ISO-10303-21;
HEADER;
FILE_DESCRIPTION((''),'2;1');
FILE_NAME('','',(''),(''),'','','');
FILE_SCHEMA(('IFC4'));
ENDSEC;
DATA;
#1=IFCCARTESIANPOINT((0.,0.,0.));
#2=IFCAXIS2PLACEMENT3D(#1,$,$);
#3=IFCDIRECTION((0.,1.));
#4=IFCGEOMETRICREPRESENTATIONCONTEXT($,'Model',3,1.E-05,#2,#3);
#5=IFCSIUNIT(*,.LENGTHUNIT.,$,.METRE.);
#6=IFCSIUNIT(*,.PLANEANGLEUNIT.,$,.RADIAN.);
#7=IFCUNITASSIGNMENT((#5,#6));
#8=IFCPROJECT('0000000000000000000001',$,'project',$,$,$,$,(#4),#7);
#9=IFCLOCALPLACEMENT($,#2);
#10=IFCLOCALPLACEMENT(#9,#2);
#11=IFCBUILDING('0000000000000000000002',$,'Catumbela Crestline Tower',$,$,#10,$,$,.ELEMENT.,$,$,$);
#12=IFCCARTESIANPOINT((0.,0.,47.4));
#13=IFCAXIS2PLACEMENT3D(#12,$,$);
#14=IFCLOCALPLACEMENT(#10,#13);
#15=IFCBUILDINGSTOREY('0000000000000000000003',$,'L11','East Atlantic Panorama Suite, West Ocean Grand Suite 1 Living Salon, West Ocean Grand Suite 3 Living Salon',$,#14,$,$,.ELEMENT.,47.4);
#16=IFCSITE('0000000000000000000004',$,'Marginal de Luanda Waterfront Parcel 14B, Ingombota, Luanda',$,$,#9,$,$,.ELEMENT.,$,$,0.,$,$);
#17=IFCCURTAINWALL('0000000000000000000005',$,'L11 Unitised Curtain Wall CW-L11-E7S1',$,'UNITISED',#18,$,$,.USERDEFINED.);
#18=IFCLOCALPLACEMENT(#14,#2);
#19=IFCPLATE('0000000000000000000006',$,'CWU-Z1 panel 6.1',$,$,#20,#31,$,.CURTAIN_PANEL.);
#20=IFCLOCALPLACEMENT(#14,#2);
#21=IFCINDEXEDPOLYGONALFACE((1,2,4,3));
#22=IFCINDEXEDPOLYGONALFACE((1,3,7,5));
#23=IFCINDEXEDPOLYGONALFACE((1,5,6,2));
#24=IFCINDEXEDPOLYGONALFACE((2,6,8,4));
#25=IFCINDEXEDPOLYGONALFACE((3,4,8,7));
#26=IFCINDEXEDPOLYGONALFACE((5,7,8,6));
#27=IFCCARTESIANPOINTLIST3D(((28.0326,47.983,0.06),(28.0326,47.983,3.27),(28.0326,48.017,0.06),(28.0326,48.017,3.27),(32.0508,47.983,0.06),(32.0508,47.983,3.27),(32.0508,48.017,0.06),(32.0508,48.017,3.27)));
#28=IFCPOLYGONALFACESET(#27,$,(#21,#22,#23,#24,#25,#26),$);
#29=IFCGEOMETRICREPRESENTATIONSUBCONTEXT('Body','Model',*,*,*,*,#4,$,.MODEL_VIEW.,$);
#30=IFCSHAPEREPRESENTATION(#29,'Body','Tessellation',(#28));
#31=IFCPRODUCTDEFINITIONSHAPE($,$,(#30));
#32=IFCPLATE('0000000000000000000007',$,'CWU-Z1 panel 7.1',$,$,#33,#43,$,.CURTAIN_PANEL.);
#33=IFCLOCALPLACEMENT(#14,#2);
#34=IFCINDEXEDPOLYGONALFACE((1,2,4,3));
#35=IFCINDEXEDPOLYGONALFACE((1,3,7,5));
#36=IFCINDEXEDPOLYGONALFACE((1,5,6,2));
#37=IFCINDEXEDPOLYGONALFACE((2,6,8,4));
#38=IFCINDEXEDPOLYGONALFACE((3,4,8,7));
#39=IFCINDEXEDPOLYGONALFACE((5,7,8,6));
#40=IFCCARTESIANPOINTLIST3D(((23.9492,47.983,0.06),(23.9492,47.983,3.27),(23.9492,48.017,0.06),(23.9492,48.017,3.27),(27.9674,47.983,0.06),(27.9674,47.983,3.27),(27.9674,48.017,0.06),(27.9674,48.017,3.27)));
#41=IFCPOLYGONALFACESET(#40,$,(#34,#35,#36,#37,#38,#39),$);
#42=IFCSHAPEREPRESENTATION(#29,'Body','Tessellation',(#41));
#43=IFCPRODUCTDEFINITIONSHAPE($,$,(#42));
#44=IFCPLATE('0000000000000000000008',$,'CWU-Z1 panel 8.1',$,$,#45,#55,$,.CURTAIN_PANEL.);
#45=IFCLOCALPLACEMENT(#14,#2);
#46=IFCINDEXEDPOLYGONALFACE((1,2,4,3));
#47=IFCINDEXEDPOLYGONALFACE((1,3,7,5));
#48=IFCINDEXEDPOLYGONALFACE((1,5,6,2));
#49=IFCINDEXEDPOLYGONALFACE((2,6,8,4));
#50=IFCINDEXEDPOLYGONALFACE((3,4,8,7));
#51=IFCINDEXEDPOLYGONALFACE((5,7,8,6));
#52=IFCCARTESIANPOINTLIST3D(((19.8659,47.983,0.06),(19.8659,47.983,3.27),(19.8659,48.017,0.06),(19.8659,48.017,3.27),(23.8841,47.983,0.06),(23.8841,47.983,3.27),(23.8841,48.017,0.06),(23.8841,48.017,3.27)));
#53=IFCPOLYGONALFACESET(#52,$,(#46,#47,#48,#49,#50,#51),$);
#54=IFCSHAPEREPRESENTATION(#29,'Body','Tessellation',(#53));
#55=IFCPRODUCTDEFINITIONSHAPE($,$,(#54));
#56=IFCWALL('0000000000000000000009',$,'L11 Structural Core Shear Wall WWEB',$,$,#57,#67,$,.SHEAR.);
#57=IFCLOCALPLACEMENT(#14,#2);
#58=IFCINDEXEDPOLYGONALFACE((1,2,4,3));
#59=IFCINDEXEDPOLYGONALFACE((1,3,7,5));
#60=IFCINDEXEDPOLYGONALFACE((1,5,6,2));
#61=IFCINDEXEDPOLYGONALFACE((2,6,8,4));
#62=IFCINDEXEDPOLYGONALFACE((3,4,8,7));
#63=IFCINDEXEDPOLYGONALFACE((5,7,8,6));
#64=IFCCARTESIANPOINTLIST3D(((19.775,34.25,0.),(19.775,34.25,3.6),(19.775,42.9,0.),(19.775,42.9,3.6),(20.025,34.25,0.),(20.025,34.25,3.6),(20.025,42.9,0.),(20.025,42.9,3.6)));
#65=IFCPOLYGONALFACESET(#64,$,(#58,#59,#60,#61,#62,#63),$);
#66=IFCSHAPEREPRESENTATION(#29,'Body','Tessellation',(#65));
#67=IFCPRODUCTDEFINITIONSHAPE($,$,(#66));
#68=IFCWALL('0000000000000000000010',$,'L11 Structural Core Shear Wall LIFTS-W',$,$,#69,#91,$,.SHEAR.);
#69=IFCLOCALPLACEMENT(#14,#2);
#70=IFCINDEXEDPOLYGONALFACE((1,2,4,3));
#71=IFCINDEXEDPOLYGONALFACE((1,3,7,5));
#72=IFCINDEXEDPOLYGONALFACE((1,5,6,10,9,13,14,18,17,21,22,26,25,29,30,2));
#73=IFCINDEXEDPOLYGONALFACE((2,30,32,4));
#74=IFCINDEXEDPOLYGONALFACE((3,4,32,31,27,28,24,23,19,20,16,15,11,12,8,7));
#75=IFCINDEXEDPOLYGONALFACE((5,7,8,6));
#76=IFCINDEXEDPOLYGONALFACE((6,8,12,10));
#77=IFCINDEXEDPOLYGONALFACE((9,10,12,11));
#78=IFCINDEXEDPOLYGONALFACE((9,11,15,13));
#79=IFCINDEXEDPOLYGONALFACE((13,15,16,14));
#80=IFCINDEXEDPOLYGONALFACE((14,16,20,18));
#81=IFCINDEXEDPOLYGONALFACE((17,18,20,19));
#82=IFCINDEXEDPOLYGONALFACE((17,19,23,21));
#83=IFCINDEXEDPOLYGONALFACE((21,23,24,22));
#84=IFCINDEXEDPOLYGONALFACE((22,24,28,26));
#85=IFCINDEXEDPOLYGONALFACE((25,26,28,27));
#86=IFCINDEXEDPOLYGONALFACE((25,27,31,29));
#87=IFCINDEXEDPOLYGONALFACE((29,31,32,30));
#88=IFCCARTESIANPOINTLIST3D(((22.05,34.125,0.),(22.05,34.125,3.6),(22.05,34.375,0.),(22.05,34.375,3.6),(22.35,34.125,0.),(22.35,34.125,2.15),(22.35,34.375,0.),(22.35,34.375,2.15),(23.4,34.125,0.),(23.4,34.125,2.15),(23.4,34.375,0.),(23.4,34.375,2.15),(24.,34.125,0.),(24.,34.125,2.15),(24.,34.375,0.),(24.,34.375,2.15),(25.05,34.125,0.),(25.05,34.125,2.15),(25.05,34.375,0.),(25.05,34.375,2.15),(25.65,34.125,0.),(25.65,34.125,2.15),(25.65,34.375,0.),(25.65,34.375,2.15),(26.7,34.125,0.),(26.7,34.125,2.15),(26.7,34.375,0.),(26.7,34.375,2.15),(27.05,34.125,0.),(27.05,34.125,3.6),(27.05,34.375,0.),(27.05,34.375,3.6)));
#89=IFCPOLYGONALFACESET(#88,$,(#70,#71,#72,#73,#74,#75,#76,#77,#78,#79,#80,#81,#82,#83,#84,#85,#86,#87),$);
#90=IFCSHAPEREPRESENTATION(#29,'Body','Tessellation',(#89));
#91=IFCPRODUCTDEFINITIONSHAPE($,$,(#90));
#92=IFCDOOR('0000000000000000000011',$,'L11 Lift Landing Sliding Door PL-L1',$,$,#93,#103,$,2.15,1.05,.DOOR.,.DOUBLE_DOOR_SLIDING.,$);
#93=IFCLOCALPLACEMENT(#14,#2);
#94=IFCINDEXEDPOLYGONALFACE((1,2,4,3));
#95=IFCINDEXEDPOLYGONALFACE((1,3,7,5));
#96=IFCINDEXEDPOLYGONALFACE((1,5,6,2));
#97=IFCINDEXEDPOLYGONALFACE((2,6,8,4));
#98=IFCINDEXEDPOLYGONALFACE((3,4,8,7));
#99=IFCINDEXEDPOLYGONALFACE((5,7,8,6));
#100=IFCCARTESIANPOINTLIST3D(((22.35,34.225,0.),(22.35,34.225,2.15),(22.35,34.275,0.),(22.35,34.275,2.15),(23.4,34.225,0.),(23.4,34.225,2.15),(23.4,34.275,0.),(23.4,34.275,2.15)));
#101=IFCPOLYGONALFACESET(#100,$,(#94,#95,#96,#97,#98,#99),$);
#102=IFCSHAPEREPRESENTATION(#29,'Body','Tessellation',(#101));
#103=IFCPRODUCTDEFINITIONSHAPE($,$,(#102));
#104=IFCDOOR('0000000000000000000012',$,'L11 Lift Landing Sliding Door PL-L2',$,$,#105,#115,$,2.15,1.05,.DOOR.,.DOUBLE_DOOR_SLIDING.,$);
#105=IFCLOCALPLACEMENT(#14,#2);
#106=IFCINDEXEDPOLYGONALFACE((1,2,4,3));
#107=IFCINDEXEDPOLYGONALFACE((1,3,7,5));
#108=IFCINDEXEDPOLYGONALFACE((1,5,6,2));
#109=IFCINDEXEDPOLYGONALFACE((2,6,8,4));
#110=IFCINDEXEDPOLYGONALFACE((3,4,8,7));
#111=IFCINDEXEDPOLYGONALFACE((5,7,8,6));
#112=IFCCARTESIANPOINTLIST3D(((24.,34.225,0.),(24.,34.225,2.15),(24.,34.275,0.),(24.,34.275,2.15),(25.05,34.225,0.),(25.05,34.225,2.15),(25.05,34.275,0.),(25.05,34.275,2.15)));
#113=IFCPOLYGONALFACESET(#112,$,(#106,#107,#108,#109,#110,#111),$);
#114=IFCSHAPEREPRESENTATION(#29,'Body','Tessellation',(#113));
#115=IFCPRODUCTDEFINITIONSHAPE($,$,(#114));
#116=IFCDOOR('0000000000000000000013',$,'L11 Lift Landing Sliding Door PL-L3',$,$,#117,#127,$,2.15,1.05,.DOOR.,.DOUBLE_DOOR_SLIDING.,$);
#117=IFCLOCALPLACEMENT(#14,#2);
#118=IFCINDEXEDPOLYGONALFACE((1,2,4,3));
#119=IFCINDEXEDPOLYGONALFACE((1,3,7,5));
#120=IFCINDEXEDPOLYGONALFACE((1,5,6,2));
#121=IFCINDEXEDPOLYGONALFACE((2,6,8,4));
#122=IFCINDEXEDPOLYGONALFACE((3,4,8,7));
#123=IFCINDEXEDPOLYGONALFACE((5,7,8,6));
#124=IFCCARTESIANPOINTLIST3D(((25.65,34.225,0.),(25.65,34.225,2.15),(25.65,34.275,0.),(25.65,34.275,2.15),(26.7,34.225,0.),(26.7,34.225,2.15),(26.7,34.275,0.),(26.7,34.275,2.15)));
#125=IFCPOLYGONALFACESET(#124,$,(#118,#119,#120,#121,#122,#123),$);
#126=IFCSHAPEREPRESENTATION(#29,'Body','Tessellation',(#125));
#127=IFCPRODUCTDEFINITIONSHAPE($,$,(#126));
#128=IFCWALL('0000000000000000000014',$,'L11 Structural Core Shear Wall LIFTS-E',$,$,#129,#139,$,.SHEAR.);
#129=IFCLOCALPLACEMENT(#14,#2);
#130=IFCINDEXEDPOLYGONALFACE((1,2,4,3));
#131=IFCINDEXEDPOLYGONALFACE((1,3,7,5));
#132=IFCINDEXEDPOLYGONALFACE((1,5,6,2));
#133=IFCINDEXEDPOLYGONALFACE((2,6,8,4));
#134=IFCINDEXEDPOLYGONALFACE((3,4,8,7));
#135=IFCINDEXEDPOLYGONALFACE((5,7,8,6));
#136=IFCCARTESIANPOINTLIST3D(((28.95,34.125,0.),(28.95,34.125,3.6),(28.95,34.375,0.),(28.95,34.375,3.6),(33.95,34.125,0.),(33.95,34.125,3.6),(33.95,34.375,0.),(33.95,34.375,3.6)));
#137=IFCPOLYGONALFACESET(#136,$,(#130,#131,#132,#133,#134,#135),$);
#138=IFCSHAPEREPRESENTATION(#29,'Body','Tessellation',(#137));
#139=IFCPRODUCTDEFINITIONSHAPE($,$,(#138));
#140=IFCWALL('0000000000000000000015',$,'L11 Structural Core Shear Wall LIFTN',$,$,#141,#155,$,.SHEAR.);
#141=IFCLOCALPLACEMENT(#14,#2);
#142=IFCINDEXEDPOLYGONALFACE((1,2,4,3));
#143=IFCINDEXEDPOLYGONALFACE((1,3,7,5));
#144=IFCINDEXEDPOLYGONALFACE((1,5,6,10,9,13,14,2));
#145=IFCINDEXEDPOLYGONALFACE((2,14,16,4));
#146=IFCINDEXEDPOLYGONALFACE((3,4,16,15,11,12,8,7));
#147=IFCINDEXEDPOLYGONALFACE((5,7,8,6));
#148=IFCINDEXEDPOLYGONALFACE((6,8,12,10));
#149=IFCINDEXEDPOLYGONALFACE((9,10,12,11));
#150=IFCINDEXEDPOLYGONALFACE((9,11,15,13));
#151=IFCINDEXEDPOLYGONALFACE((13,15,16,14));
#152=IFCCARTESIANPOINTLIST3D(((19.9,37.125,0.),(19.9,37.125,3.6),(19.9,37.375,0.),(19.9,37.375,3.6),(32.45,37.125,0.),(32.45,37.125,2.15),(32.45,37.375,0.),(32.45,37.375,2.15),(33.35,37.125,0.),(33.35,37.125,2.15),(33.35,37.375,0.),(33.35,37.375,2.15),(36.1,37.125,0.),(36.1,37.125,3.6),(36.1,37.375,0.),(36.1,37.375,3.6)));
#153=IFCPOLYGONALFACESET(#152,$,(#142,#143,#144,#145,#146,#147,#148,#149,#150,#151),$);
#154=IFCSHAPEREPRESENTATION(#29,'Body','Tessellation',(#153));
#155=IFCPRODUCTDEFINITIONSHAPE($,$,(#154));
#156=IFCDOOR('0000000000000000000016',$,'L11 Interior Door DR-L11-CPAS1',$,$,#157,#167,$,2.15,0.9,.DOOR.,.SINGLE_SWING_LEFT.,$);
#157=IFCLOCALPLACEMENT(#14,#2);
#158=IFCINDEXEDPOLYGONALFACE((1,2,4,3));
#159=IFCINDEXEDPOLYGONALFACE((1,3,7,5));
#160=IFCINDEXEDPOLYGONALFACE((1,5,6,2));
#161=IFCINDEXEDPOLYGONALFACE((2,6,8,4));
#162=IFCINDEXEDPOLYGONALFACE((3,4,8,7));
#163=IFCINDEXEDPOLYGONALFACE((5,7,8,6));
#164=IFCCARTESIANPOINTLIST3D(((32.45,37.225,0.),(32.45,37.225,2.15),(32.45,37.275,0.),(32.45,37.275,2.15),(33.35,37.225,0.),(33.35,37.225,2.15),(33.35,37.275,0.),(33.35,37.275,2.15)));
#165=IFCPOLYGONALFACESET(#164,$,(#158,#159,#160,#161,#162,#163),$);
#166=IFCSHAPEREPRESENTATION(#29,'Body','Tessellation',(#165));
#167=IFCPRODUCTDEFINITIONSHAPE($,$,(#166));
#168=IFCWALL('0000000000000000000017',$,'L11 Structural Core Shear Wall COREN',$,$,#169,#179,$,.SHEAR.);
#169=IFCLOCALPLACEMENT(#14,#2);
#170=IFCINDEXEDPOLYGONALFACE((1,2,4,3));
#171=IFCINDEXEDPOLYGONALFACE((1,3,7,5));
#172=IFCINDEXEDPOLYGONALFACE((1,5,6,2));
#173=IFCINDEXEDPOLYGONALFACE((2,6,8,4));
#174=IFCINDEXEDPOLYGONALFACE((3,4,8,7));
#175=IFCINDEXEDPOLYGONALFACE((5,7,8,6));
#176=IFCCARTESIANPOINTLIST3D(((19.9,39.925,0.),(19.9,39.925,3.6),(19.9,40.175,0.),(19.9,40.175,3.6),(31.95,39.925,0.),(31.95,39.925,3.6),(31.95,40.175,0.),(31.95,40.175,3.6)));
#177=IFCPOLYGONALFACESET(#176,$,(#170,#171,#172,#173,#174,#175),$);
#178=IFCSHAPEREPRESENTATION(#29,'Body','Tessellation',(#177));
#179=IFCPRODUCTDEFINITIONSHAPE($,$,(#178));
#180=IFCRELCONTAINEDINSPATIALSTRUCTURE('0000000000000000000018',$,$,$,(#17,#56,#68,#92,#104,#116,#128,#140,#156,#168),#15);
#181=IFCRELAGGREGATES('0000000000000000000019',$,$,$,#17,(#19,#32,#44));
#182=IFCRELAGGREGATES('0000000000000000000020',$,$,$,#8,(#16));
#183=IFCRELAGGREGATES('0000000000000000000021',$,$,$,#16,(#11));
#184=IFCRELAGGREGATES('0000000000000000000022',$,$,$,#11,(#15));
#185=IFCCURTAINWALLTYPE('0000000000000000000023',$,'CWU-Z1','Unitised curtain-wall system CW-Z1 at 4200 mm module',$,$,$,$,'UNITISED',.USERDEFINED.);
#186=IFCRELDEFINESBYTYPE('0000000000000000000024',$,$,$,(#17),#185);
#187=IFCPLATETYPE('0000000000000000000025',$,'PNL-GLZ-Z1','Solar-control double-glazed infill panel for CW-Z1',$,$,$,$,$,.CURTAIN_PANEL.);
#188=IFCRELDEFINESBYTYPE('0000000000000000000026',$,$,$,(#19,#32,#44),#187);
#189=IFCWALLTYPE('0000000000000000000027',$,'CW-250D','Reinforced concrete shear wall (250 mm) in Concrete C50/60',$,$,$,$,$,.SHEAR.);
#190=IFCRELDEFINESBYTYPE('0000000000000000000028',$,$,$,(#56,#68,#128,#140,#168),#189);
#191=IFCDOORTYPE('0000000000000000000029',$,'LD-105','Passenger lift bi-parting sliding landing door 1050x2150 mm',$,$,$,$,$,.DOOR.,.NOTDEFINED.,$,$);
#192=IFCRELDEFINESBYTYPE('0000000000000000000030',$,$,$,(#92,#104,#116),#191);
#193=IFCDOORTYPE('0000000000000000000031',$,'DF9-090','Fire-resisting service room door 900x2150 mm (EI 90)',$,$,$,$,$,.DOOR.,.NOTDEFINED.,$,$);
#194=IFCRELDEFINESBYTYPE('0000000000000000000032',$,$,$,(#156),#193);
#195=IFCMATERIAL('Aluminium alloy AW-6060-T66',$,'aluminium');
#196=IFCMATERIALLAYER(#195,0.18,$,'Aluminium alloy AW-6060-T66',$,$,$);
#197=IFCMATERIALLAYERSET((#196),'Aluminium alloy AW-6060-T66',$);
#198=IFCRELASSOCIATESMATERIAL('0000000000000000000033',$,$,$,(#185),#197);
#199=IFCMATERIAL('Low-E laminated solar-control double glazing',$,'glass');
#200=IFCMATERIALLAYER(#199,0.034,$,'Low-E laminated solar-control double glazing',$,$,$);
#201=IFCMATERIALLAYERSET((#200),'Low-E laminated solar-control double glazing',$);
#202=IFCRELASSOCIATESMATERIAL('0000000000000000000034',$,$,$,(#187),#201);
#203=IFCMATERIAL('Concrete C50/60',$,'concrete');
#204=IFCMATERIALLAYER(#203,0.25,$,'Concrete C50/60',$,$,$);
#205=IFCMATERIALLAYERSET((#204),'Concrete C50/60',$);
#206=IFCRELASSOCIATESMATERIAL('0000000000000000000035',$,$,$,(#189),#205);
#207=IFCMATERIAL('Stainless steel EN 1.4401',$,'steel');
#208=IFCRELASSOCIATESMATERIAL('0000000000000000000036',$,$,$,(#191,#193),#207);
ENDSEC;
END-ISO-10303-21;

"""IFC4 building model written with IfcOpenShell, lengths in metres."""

from ifc_helpers import new_model, si_unit, direction, frame, frame_2d, origin, origin_2d, place, context, subcontext, project, spatial, rectangle, extrude, material, layer, layer_set, type_object, element, fill, aggregate, save


model = new_model("IFC4")

# Units and contexts
model_context = context("Model", 3, precision=1e-05, world=origin(), true_north=direction((0.0, 1.0)))
body_context = subcontext(model_context, "Body", "Model", "MODEL_VIEW")
ifc_project = project(units=[si_unit("LENGTHUNIT", "METRE"), si_unit("PLANEANGLEUNIT", "RADIAN")], contexts=[model_context])

# Site, building, storey
site_placement = place(None, origin())
site = spatial("IfcSite", under=ifc_project, at=site_placement, Name="Marginal de Luanda Waterfront Parcel 14B, Ingombota, Luanda", CompositionType="ELEMENT", RefElevation=0.0)
building_placement = place(site_placement, origin())
building = spatial("IfcBuilding", under=site, at=building_placement, Name="Catumbela Crestline Tower", CompositionType="ELEMENT")
storey_placement = place(building_placement, frame((0.0, 0.0, 47.4)))
storey = spatial("IfcBuildingStorey", under=building, at=storey_placement, Name="L11", Description="East Atlantic Panorama Suite, West Ocean Grand Suite 1 Living Salon, West Ocean Grand Suite 3 Living Salon", CompositionType="ELEMENT", Elevation=47.4)

# Curtain wall, plates
ifc_material_1 = material(Name="Aluminium alloy AW-6060-T66", Category="aluminium")
ifc_layer_1 = layer(ifc_material_1, 0.18, Name="Aluminium alloy AW-6060-T66")
ifc_layer_set_1 = layer_set([ifc_layer_1], Name="Aluminium alloy AW-6060-T66")
curtain_wall_type = type_object("IfcCurtainWallType", Name="CWU-Z1", Description="Unitised curtain-wall system CW-Z1 at 4200 mm module", ElementType="UNITISED", PredefinedType="USERDEFINED", material=ifc_layer_set_1)
curtain_wall_placement = place(storey_placement, origin())
curtain_wall = element("IfcCurtainWall", 1, at=curtain_wall_placement, inside=storey, type_object=curtain_wall_type, Name="L11 Unitised Curtain Wall CW-L11-E7S1", ObjectType="UNITISED", PredefinedType="USERDEFINED")
ifc_material_2 = material(Name="Low-E laminated solar-control double glazing", Category="glass")
ifc_layer_2 = layer(ifc_material_2, 0.034, Name="Low-E laminated solar-control double glazing")
ifc_layer_set_2 = layer_set([ifc_layer_2], Name="Low-E laminated solar-control double glazing")
plate_type = type_object("IfcPlateType", Name="PNL-GLZ-Z1", Description="Solar-control double-glazed infill panel for CW-Z1", PredefinedType="CURTAIN_PANEL", material=ifc_layer_set_2)
plate_1_placement = place(storey_placement, frame((30.0417, 48.0, 0.06), z_axis=(0.0, 0.0, 1.0), x_axis=(-1.0, 0.0, 0.0)))
plate_1 = element("IfcPlate", 2, at=plate_1_placement, type_object=plate_type, Name="CWU-Z1 panel 6.1", PredefinedType="CURTAIN_PANEL", context=body_context, shape_type="SweptSolid", body=[
    extrude(rectangle(XDim=4.0183, YDim=0.034, at=origin_2d()), origin(), (0.0, 0.0, 1.0), 3.21),
])
plate_2_placement = place(storey_placement, frame((25.9583, 48.0, 0.06), z_axis=(0.0, 0.0, 1.0), x_axis=(-1.0, 0.0, 0.0)))
plate_2 = element("IfcPlate", 3, at=plate_2_placement, type_object=plate_type, Name="CWU-Z1 panel 7.1", PredefinedType="CURTAIN_PANEL", context=body_context, shape_type="SweptSolid", body=[
    extrude(rectangle(XDim=4.0183, YDim=0.034, at=origin_2d()), origin(), (0.0, 0.0, 1.0), 3.21),
])
plate_3_placement = place(storey_placement, frame((21.875, 48.0, 0.06), z_axis=(0.0, 0.0, 1.0), x_axis=(-1.0, 0.0, 0.0)))
plate_3 = element("IfcPlate", 4, at=plate_3_placement, type_object=plate_type, Name="CWU-Z1 panel 8.1", PredefinedType="CURTAIN_PANEL", context=body_context, shape_type="SweptSolid", body=[
    extrude(rectangle(XDim=4.0183, YDim=0.034, at=origin_2d()), origin(), (0.0, 0.0, 1.0), 3.21),
])
aggregate(curtain_wall, [plate_1, plate_2, plate_3])

# Wall
ifc_material_3 = material(Name="Concrete C50/60", Category="concrete")
ifc_layer_3 = layer(ifc_material_3, 0.25, Name="Concrete C50/60")
ifc_layer_set_3 = layer_set([ifc_layer_3], Name="Concrete C50/60")
wall_type_1 = type_object("IfcWallType", Name="CW-250D", Description="Reinforced concrete shear wall (250 mm) in Concrete C50/60", PredefinedType="SHEAR", material=ifc_layer_set_3)
wall_1_placement = place(storey_placement, frame((19.9, 34.25, 0.0), z_axis=(0.0, 0.0, 1.0), x_axis=(0.0, 1.0, 0.0)))
element("IfcWall", 5, at=wall_1_placement, inside=storey, type_object=wall_type_1, Name="L11 Structural Core Shear Wall WWEB", PredefinedType="SHEAR", context=body_context, shape_type="SweptSolid", body=[
    extrude(rectangle(XDim=8.65, YDim=0.25, at=frame_2d((4.325, 0.0))), origin(), (0.0, 0.0, 1.0), 3.6),
])

# Wall, openings, doors
wall_2_placement = place(storey_placement, frame((22.05, 34.25, 0.0), z_axis=(0.0, 0.0, 1.0), x_axis=(1.0, 0.0, 0.0)))
wall_2 = element("IfcWall", 6, at=wall_2_placement, inside=storey, type_object=wall_type_1, Name="L11 Structural Core Shear Wall LIFTS-W", PredefinedType="SHEAR", context=body_context, shape_type="SweptSolid", body=[
    extrude(rectangle(XDim=5.0, YDim=0.25, at=frame_2d((2.5, 0.0))), origin(), (0.0, 0.0, 1.0), 3.6),
])
opening_1_placement = place(wall_2_placement, frame((0.3, 0.0, 0.0)))
opening_1 = element("IfcOpeningElement", 7, at=opening_1_placement, cuts=wall_2, PredefinedType="OPENING", context=body_context, shape_type="SweptSolid", body=[
    extrude(rectangle(XDim=1.05, YDim=2.15, at=frame_2d((0.525, 1.075))), frame((0.0, 0.135, 0.0), z_axis=(0.0, -1.0, 0.0), x_axis=(1.0, 0.0, 0.0)), (0.0, 0.0, 1.0), 0.27),
])
opening_2_placement = place(wall_2_placement, frame((1.95, 0.0, 0.0)))
opening_2 = element("IfcOpeningElement", 8, at=opening_2_placement, cuts=wall_2, PredefinedType="OPENING", context=body_context, shape_type="SweptSolid", body=[
    extrude(rectangle(XDim=1.05, YDim=2.15, at=frame_2d((0.525, 1.075))), frame((0.0, 0.135, 0.0), z_axis=(0.0, -1.0, 0.0), x_axis=(1.0, 0.0, 0.0)), (0.0, 0.0, 1.0), 0.27),
])
opening_3_placement = place(wall_2_placement, frame((3.6, 0.0, 0.0)))
opening_3 = element("IfcOpeningElement", 9, at=opening_3_placement, cuts=wall_2, PredefinedType="OPENING", context=body_context, shape_type="SweptSolid", body=[
    extrude(rectangle(XDim=1.05, YDim=2.15, at=frame_2d((0.525, 1.075))), frame((0.0, 0.135, 0.0), z_axis=(0.0, -1.0, 0.0), x_axis=(1.0, 0.0, 0.0)), (0.0, 0.0, 1.0), 0.27),
])
ifc_material_4 = material(Name="Stainless steel EN 1.4401", Category="steel")
door_type_1 = type_object("IfcDoorType", Name="LD-105", Description="Passenger lift bi-parting sliding landing door 1050x2150 mm", OperationType="NOTDEFINED", PredefinedType="DOOR", material=ifc_material_4)
door_1_placement = place(opening_1_placement, origin())
door_1 = element("IfcDoor", 10, at=door_1_placement, inside=storey, type_object=door_type_1, Name="L11 Lift Landing Sliding Door PL-L1", OperationType="DOUBLE_DOOR_SLIDING", OverallHeight=2.15, OverallWidth=1.05, PredefinedType="DOOR", context=body_context, shape_type="SweptSolid", body=[
    extrude(rectangle(XDim=1.05, YDim=2.15, at=frame_2d((0.525, 1.075))), frame((0.0, 0.025, 0.0), z_axis=(0.0, -1.0, 0.0), x_axis=(1.0, 0.0, 0.0)), (0.0, 0.0, 1.0), 0.05),
])
fill(opening_1, door_1)
door_2_placement = place(opening_2_placement, origin())
door_2 = element("IfcDoor", 11, at=door_2_placement, inside=storey, type_object=door_type_1, Name="L11 Lift Landing Sliding Door PL-L2", OperationType="DOUBLE_DOOR_SLIDING", OverallHeight=2.15, OverallWidth=1.05, PredefinedType="DOOR", context=body_context, shape_type="SweptSolid", body=[
    extrude(rectangle(XDim=1.05, YDim=2.15, at=frame_2d((0.525, 1.075))), frame((0.0, 0.025, 0.0), z_axis=(0.0, -1.0, 0.0), x_axis=(1.0, 0.0, 0.0)), (0.0, 0.0, 1.0), 0.05),
])
fill(opening_2, door_2)
door_3_placement = place(opening_3_placement, origin())
door_3 = element("IfcDoor", 12, at=door_3_placement, inside=storey, type_object=door_type_1, Name="L11 Lift Landing Sliding Door PL-L3", OperationType="DOUBLE_DOOR_SLIDING", OverallHeight=2.15, OverallWidth=1.05, PredefinedType="DOOR", context=body_context, shape_type="SweptSolid", body=[
    extrude(rectangle(XDim=1.05, YDim=2.15, at=frame_2d((0.525, 1.075))), frame((0.0, 0.025, 0.0), z_axis=(0.0, -1.0, 0.0), x_axis=(1.0, 0.0, 0.0)), (0.0, 0.0, 1.0), 0.05),
])
fill(opening_3, door_3)

# Wall
wall_3_placement = place(storey_placement, frame((28.95, 34.25, 0.0), z_axis=(0.0, 0.0, 1.0), x_axis=(1.0, 0.0, 0.0)))
element("IfcWall", 13, at=wall_3_placement, inside=storey, type_object=wall_type_1, Name="L11 Structural Core Shear Wall LIFTS-E", PredefinedType="SHEAR", context=body_context, shape_type="SweptSolid", body=[
    extrude(rectangle(XDim=5.0, YDim=0.25, at=frame_2d((2.5, 0.0))), origin(), (0.0, 0.0, 1.0), 3.6),
])

# Wall, opening, door
wall_4_placement = place(storey_placement, frame((19.9, 37.25, 0.0), z_axis=(0.0, 0.0, 1.0), x_axis=(1.0, 0.0, 0.0)))
wall_4 = element("IfcWall", 14, at=wall_4_placement, inside=storey, type_object=wall_type_1, Name="L11 Structural Core Shear Wall LIFTN", PredefinedType="SHEAR", context=body_context, shape_type="SweptSolid", body=[
    extrude(rectangle(XDim=16.2, YDim=0.25, at=frame_2d((8.1, 0.0))), origin(), (0.0, 0.0, 1.0), 3.6),
])
opening_4_placement = place(wall_4_placement, frame((12.55, 0.0, 0.0)))
opening_4 = element("IfcOpeningElement", 15, at=opening_4_placement, cuts=wall_4, PredefinedType="OPENING", context=body_context, shape_type="SweptSolid", body=[
    extrude(rectangle(XDim=0.9, YDim=2.15, at=frame_2d((0.45, 1.075))), frame((0.0, 0.135, 0.0), z_axis=(0.0, -1.0, 0.0), x_axis=(1.0, 0.0, 0.0)), (0.0, 0.0, 1.0), 0.27),
])
door_type_2 = type_object("IfcDoorType", Name="DF9-090", Description="Fire-resisting service room door 900x2150 mm (EI 90)", OperationType="NOTDEFINED", PredefinedType="DOOR", material=ifc_material_4)
door_4_placement = place(opening_4_placement, origin())
door_4 = element("IfcDoor", 16, at=door_4_placement, inside=storey, type_object=door_type_2, Name="L11 Interior Door DR-L11-CPAS1", OperationType="SINGLE_SWING_LEFT", OverallHeight=2.15, OverallWidth=0.9, PredefinedType="DOOR", context=body_context, shape_type="SweptSolid", body=[
    extrude(rectangle(XDim=0.9, YDim=2.15, at=frame_2d((0.45, 1.075))), frame((0.0, 0.025, 0.0), z_axis=(0.0, -1.0, 0.0), x_axis=(1.0, 0.0, 0.0)), (0.0, 0.0, 1.0), 0.05),
])
fill(opening_4, door_4)

# Wall
wall_5_placement = place(storey_placement, frame((19.9, 40.05, 0.0), z_axis=(0.0, 0.0, 1.0), x_axis=(1.0, 0.0, 0.0)))
element("IfcWall", 17, at=wall_5_placement, inside=storey, type_object=wall_type_1, Name="L11 Structural Core Shear Wall COREN", PredefinedType="SHEAR", context=body_context, shape_type="SweptSolid", body=[
    extrude(rectangle(XDim=12.05, YDim=0.25, at=frame_2d((6.025, 0.0))), origin(), (0.0, 0.0, 1.0), 3.6),
])

save(model, "model.ifc")
